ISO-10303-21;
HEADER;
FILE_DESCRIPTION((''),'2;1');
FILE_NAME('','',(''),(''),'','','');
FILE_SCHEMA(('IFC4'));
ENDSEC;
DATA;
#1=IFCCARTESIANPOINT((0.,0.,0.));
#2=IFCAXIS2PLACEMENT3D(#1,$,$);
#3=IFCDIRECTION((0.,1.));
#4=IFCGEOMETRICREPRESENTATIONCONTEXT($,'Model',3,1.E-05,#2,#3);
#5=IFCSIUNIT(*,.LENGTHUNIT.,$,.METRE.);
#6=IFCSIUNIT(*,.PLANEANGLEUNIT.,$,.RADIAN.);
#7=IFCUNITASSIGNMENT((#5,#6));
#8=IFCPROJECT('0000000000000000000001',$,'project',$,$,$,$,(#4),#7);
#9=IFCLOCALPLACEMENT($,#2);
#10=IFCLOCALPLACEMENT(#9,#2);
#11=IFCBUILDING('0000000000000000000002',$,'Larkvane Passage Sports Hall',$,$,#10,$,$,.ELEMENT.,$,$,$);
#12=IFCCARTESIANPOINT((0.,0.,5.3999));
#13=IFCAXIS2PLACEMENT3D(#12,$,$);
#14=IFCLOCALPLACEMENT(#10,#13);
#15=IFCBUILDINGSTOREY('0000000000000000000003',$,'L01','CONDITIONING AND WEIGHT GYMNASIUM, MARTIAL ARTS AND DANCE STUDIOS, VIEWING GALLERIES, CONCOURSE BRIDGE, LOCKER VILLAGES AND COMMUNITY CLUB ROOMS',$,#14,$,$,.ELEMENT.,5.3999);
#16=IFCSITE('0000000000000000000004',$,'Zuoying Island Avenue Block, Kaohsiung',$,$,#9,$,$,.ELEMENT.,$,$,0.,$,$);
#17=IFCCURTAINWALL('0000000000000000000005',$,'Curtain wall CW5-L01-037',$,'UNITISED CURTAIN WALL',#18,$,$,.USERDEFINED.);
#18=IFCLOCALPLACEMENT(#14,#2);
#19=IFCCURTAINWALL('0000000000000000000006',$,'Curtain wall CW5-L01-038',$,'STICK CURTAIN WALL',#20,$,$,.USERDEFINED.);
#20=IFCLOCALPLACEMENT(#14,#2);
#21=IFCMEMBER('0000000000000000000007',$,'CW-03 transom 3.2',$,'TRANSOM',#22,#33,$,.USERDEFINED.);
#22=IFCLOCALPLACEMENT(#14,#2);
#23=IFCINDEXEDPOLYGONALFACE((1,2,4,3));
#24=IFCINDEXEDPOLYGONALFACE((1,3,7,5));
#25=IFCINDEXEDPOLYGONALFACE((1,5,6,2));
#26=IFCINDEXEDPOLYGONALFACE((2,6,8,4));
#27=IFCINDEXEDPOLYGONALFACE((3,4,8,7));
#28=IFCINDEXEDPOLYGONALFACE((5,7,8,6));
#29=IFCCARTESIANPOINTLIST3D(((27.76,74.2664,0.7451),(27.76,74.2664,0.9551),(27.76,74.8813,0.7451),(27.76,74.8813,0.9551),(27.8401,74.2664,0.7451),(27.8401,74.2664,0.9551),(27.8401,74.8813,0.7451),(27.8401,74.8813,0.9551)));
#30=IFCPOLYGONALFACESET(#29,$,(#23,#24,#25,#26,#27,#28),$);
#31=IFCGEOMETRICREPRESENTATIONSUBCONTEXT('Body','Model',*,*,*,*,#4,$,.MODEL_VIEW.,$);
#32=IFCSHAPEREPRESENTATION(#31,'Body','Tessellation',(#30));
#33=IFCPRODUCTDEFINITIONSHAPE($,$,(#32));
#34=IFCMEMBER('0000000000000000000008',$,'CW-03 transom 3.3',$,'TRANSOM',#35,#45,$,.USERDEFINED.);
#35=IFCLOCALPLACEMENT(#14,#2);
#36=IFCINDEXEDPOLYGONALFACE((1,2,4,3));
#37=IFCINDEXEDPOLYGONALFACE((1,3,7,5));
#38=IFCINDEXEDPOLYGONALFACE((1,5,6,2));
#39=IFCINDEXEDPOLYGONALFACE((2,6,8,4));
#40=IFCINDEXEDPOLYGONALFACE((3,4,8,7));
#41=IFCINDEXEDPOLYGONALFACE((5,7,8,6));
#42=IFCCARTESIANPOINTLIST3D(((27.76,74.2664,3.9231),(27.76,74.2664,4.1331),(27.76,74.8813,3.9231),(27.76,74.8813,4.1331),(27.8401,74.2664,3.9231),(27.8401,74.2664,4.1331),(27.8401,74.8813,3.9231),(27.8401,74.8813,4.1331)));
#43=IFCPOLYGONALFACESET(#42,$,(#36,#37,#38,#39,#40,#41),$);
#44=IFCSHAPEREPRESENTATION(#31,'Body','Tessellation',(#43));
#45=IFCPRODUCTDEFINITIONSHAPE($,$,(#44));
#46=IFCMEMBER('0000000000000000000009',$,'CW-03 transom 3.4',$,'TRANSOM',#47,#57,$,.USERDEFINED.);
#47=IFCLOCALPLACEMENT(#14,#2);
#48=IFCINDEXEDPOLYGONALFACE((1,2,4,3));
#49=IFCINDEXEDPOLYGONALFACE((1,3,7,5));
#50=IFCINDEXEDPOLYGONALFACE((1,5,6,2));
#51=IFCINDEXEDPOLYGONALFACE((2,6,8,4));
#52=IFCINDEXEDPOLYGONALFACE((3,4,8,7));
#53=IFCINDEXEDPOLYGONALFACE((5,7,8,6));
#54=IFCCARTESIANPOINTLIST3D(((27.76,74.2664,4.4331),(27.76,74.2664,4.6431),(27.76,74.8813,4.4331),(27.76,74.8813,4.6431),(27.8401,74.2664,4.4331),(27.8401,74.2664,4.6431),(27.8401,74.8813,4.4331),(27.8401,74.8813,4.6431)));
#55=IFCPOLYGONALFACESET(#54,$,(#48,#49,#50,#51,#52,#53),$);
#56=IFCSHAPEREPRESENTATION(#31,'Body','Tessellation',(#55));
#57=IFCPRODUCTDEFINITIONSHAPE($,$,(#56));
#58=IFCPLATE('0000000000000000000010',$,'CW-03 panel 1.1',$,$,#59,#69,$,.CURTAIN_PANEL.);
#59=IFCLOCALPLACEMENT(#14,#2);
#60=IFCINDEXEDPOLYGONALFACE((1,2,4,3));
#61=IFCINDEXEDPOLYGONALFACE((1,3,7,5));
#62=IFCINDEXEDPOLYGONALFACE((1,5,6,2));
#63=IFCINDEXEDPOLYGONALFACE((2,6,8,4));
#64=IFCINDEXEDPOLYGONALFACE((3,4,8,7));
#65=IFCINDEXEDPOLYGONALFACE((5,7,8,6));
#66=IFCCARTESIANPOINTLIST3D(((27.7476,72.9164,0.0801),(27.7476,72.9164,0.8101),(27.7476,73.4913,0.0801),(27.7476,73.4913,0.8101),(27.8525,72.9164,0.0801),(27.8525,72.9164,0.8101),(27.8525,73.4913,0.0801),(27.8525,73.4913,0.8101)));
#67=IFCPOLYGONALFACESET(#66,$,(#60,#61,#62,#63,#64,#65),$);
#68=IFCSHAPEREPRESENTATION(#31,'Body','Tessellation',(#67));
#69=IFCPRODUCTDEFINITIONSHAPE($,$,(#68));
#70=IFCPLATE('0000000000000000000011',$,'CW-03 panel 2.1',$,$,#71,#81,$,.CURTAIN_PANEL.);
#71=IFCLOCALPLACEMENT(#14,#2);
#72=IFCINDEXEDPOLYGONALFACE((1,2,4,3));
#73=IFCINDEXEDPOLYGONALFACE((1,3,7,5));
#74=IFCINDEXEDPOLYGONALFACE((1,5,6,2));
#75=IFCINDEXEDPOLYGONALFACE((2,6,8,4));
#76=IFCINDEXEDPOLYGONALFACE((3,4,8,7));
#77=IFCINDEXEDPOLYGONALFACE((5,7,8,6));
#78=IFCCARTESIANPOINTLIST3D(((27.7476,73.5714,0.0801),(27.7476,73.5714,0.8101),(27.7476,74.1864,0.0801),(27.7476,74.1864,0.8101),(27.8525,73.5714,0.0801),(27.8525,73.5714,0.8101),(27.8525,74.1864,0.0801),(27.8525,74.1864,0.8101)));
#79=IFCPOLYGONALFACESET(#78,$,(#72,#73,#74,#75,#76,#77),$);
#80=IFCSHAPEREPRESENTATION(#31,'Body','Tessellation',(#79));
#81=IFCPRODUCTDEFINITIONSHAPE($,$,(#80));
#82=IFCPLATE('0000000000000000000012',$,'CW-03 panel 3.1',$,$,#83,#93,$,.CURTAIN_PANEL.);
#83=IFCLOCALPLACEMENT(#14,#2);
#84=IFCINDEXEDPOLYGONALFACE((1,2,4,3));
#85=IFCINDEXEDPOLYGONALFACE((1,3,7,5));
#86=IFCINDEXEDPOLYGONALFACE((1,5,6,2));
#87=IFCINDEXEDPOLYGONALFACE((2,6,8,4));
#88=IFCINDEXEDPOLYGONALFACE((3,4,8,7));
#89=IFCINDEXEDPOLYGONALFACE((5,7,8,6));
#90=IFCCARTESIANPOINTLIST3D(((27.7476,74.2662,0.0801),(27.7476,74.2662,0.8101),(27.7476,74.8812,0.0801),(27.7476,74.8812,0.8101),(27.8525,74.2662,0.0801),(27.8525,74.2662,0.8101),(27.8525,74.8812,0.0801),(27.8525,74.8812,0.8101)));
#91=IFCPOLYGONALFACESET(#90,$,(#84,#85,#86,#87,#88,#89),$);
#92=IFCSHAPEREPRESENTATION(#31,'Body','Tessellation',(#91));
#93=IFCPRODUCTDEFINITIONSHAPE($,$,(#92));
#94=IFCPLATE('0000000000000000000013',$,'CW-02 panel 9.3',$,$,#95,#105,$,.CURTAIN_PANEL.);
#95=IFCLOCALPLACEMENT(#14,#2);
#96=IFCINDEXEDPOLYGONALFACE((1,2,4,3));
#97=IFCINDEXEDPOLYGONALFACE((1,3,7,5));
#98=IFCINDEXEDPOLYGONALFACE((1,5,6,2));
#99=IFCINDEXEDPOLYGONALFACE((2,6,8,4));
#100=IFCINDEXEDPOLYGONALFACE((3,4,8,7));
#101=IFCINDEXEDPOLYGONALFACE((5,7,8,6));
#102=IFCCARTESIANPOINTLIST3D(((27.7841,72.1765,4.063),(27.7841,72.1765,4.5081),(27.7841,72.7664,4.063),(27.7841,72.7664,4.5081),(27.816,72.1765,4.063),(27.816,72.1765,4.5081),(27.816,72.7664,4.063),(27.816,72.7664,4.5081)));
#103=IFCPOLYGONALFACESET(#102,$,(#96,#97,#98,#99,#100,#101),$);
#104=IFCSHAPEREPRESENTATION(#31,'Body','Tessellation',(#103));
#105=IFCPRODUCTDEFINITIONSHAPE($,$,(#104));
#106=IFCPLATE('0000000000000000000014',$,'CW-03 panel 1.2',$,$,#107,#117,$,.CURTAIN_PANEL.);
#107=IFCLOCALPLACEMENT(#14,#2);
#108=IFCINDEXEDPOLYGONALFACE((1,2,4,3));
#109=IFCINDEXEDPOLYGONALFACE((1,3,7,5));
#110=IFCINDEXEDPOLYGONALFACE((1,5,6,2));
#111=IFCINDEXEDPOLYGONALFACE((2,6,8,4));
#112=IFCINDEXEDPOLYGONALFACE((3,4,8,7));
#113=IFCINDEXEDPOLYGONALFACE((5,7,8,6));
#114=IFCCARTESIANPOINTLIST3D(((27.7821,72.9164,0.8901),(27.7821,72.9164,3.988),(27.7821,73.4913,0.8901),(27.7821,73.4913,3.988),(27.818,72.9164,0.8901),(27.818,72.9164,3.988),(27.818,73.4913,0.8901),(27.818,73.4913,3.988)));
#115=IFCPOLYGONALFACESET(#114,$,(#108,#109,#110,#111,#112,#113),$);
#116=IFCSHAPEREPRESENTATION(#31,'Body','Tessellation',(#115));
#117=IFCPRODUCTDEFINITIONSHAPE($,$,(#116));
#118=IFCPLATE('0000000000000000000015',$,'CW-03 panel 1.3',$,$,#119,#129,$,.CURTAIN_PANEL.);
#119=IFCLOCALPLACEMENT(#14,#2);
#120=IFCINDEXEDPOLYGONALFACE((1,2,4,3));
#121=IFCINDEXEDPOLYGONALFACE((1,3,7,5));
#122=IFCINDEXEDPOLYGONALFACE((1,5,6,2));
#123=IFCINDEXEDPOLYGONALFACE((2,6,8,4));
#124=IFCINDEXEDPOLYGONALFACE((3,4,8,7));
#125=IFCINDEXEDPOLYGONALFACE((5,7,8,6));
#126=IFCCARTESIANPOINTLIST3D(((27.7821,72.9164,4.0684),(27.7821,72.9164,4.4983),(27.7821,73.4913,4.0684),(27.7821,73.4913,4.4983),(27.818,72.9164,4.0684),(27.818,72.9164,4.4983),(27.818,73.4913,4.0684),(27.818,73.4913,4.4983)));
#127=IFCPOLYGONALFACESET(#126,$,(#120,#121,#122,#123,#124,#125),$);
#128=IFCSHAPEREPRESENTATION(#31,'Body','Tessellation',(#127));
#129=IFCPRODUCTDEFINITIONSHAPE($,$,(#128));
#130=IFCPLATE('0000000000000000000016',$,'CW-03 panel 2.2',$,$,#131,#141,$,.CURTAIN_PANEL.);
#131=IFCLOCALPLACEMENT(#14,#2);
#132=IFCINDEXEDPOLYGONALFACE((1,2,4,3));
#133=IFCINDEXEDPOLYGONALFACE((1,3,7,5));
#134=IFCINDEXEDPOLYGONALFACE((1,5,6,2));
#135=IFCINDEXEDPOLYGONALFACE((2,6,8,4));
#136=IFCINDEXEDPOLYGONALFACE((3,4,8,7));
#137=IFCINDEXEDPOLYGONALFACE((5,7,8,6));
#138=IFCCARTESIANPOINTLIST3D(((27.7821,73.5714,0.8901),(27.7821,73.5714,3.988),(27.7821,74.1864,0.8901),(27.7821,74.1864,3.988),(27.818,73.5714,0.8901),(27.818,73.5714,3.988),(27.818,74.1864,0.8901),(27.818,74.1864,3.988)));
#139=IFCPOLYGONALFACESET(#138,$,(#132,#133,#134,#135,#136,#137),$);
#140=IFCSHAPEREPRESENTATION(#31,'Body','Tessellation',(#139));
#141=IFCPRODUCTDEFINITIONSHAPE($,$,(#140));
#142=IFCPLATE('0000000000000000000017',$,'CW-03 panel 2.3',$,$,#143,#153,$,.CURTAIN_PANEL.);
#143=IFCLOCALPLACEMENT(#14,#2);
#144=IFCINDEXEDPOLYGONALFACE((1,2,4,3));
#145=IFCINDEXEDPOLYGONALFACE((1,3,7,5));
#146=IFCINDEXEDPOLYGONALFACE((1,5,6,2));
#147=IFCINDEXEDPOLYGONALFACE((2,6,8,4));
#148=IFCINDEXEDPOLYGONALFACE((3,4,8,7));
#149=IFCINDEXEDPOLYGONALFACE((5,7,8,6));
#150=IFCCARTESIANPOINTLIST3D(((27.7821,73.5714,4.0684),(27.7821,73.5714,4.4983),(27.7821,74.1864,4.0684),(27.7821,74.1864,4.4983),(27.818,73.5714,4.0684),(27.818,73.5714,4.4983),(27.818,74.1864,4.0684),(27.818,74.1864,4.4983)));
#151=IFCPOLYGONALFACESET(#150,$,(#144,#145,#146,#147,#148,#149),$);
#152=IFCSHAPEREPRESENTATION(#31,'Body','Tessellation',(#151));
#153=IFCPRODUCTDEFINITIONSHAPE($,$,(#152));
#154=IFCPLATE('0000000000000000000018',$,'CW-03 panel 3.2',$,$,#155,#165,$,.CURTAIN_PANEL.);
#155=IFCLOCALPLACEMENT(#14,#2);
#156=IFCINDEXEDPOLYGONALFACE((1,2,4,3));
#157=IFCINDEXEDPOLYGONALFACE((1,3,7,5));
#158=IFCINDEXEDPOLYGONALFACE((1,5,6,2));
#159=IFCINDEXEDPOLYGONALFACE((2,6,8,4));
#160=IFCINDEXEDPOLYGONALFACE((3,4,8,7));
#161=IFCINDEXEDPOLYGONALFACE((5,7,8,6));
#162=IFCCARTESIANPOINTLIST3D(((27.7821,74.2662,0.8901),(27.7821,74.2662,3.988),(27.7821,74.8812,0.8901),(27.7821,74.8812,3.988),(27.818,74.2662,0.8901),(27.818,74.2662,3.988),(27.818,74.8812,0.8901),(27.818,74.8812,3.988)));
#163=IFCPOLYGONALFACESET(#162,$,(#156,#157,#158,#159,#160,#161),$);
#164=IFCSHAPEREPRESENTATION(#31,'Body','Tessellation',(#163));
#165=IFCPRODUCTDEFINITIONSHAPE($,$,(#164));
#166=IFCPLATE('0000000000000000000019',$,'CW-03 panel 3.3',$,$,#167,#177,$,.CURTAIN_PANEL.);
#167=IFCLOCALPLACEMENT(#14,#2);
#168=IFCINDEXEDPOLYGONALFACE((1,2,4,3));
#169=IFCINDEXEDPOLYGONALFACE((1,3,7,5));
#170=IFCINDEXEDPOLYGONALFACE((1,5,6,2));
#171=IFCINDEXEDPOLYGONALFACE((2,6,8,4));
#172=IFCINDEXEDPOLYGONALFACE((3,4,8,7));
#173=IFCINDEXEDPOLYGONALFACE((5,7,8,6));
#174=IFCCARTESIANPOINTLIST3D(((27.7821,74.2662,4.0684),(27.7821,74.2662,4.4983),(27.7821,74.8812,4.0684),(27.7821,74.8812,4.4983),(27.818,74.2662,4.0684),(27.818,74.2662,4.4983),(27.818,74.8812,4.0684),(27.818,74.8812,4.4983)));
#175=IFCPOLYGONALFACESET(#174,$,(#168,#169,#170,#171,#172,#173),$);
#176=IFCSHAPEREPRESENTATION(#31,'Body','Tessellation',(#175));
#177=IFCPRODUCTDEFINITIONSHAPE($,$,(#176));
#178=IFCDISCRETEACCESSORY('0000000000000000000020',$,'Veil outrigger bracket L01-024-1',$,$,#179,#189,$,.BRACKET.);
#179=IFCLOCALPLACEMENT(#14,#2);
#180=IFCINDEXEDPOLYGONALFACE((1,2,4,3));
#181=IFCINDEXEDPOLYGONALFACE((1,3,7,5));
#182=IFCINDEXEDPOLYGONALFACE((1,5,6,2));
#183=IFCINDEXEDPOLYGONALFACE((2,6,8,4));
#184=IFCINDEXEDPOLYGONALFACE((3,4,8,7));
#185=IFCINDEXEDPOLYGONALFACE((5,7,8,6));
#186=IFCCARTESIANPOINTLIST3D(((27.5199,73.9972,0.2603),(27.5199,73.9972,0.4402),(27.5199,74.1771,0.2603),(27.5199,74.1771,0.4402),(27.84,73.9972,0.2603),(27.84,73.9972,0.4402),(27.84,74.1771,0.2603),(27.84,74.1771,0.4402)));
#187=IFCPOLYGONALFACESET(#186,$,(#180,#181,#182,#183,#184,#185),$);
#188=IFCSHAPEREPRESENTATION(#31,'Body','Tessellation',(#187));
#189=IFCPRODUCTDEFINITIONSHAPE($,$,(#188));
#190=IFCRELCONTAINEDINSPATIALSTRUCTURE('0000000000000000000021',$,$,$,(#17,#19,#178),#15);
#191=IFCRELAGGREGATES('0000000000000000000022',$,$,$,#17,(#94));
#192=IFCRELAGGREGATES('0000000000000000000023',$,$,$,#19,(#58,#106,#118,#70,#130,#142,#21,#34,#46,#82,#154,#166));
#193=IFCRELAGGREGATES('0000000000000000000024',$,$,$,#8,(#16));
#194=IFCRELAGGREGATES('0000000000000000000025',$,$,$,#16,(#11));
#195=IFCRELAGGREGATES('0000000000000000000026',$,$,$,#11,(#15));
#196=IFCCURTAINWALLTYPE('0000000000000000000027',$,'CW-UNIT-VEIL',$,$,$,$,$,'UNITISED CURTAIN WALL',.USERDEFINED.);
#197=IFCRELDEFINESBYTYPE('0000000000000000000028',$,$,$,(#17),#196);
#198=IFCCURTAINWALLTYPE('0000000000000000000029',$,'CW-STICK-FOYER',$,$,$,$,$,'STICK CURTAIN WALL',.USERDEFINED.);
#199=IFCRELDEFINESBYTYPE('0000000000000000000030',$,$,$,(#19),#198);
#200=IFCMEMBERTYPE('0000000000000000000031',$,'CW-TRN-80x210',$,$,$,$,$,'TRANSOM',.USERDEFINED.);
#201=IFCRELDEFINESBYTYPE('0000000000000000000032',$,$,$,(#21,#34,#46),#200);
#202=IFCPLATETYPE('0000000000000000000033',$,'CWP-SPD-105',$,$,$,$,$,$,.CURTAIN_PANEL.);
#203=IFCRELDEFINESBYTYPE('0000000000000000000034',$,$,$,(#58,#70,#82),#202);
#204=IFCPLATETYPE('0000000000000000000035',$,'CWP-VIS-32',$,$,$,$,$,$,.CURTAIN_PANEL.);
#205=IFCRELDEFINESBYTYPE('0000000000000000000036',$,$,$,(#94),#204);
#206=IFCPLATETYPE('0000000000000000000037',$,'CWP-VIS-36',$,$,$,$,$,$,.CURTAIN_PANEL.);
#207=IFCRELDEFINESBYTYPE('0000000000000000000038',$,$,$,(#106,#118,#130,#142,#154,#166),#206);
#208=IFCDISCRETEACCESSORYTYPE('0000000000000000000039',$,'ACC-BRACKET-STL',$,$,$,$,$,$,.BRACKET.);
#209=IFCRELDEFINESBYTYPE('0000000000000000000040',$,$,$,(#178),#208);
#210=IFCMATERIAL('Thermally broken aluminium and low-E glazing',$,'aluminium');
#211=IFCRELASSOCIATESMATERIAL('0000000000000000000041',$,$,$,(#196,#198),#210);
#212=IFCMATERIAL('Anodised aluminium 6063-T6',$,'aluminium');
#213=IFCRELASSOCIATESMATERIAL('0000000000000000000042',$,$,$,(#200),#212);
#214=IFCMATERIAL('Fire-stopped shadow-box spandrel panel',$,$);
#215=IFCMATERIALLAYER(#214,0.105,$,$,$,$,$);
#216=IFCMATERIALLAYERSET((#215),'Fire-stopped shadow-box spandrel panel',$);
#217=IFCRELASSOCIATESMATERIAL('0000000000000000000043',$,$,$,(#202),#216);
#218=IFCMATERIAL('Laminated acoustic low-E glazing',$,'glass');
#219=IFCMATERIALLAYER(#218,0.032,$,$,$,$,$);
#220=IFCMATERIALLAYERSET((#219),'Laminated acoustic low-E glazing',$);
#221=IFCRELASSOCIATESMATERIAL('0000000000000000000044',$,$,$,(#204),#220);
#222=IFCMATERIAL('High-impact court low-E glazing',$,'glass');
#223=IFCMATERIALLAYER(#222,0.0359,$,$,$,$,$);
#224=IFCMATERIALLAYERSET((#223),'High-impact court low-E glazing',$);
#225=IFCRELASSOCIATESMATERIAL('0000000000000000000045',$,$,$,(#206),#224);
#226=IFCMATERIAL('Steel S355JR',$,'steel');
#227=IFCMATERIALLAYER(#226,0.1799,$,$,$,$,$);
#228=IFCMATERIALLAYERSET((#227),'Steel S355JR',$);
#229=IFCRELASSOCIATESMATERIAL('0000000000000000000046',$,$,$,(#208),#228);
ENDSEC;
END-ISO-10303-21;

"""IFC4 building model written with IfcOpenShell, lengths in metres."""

from ifc_helpers import new_model, si_unit, direction, frame, origin, origin_2d, place, context, subcontext, project, spatial, rectangle, extrude, material, layer, layer_set, material_profile, profile_set, type_object, element, aggregate, save


model = new_model("IFC4")

# Units and contexts
model_context = context("Model", 3, precision=1e-05, world=origin(), true_north=direction((0.0, 1.0)))
body_context = subcontext(model_context, "Body", "Model", "MODEL_VIEW")
ifc_project = project(units=[si_unit("LENGTHUNIT", "METRE"), si_unit("PLANEANGLEUNIT", "RADIAN")], contexts=[model_context])

# Site, building, storey
site_placement = place(None, origin())
site = spatial("IfcSite", under=ifc_project, at=site_placement, Name="Zuoying Island Avenue Block, Kaohsiung", CompositionType="ELEMENT", RefElevation=0.0)
building_placement = place(site_placement, origin())
building = spatial("IfcBuilding", under=site, at=building_placement, Name="Larkvane Passage Sports Hall", CompositionType="ELEMENT")
storey_placement = place(building_placement, frame((0.0, 0.0, 5.3999)))
storey = spatial("IfcBuildingStorey", under=building, at=storey_placement, Name="L01", Description="CONDITIONING AND WEIGHT GYMNASIUM, MARTIAL ARTS AND DANCE STUDIOS, VIEWING GALLERIES, CONCOURSE BRIDGE, LOCKER VILLAGES AND COMMUNITY CLUB ROOMS", CompositionType="ELEMENT", Elevation=5.3999)

# Curtain wall
ifc_material_1 = material(Name="Thermally broken aluminium and low-E glazing", Category="aluminium")
curtain_wall_type_1 = type_object("IfcCurtainWallType", Name="CW-UNIT-VEIL", ElementType="UNITISED CURTAIN WALL", PredefinedType="USERDEFINED", material=ifc_material_1)
curtain_wall_1_placement = place(storey_placement, origin())
curtain_wall_1 = element("IfcCurtainWall", 1, at=curtain_wall_1_placement, inside=storey, type_object=curtain_wall_type_1, Name="Curtain wall CW5-L01-037", ObjectType="UNITISED CURTAIN WALL", PredefinedType="USERDEFINED")
ifc_material_2 = material(Name="Anodised aluminium 6063-T6", Category="aluminium")

# Curtain wall, members, plates
curtain_wall_type_2 = type_object("IfcCurtainWallType", Name="CW-STICK-FOYER", ElementType="STICK CURTAIN WALL", PredefinedType="USERDEFINED", material=ifc_material_1)
curtain_wall_2_placement = place(storey_placement, origin())
curtain_wall_2 = element("IfcCurtainWall", 2, at=curtain_wall_2_placement, inside=storey, type_object=curtain_wall_type_2, Name="Curtain wall CW5-L01-038", ObjectType="STICK CURTAIN WALL", PredefinedType="USERDEFINED")
ifc_material_profile_1 = material_profile(ifc_material_2, rectangle(XDim=0.0801, YDim=0.21, at=origin_2d()), Name="ALU-TRN-80x210")
ifc_profile_set_1 = profile_set([ifc_material_profile_1], Name="Anodised aluminium 6063-T6")
member_type_1 = type_object("IfcMemberType", Name="CW-TRN-80x210", ElementType="TRANSOM", PredefinedType="USERDEFINED", material=ifc_profile_set_1)
member_1_placement = place(storey_placement, frame((27.8, 74.2664, 0.8501), z_axis=(0.0, 1.0, 0.0), x_axis=(-1.0, 0.0, 0.0)))
member_1 = element("IfcMember", 3, at=member_1_placement, type_object=member_type_1, Name="CW-03 transom 3.2", ObjectType="TRANSOM", PredefinedType="USERDEFINED", context=body_context, shape_type="SweptSolid", body=[
    extrude(rectangle(XDim=0.0801, YDim=0.21, at=origin_2d()), origin(), (0.0, 0.0, 1.0), 0.615),
])
member_2_placement = place(storey_placement, frame((27.8, 74.2664, 4.0281), z_axis=(0.0, 1.0, 0.0), x_axis=(-1.0, 0.0, 0.0)))
member_2 = element("IfcMember", 4, at=member_2_placement, type_object=member_type_1, Name="CW-03 transom 3.3", ObjectType="TRANSOM", PredefinedType="USERDEFINED", context=body_context, shape_type="SweptSolid", body=[
    extrude(rectangle(XDim=0.0801, YDim=0.21, at=origin_2d()), origin(), (0.0, 0.0, 1.0), 0.615),
])
member_3_placement = place(storey_placement, frame((27.8, 74.2664, 4.5381), z_axis=(0.0, 1.0, 0.0), x_axis=(-1.0, 0.0, 0.0)))
member_3 = element("IfcMember", 5, at=member_3_placement, type_object=member_type_1, Name="CW-03 transom 3.4", ObjectType="TRANSOM", PredefinedType="USERDEFINED", context=body_context, shape_type="SweptSolid", body=[
    extrude(rectangle(XDim=0.0801, YDim=0.21, at=origin_2d()), origin(), (0.0, 0.0, 1.0), 0.615),
])
ifc_material_3 = material(Name="Fire-stopped shadow-box spandrel panel")
ifc_layer_1 = layer(ifc_material_3, 0.105)
ifc_layer_set_1 = layer_set([ifc_layer_1], Name="Fire-stopped shadow-box spandrel panel")
plate_type_1 = type_object("IfcPlateType", Name="CWP-SPD-105", PredefinedType="CURTAIN_PANEL", material=ifc_layer_set_1)
plate_1_placement = place(storey_placement, frame((27.8, 73.2039, 0.0801), z_axis=(0.0, 0.0, 1.0), x_axis=(0.0, 1.0, 0.0)))
plate_1 = element("IfcPlate", 6, at=plate_1_placement, type_object=plate_type_1, Name="CW-03 panel 1.1", PredefinedType="CURTAIN_PANEL", context=body_context, shape_type="SweptSolid", body=[
    extrude(rectangle(XDim=0.575, YDim=0.105, at=origin_2d()), origin(), (0.0, 0.0, 1.0), 0.73),
])
plate_2_placement = place(storey_placement, frame((27.8, 73.8789, 0.0801), z_axis=(0.0, 0.0, 1.0), x_axis=(0.0, 1.0, 0.0)))
plate_2 = element("IfcPlate", 7, at=plate_2_placement, type_object=plate_type_1, Name="CW-03 panel 2.1", PredefinedType="CURTAIN_PANEL", context=body_context, shape_type="SweptSolid", body=[
    extrude(rectangle(XDim=0.615, YDim=0.105, at=origin_2d()), origin(), (0.0, 0.0, 1.0), 0.73),
])
plate_3_placement = place(storey_placement, frame((27.8, 74.5737, 0.0801), z_axis=(0.0, 0.0, 1.0), x_axis=(0.0, 1.0, 0.0)))
plate_3 = element("IfcPlate", 8, at=plate_3_placement, type_object=plate_type_1, Name="CW-03 panel 3.1", PredefinedType="CURTAIN_PANEL", context=body_context, shape_type="SweptSolid", body=[
    extrude(rectangle(XDim=0.615, YDim=0.105, at=origin_2d()), origin(), (0.0, 0.0, 1.0), 0.73),
])

# Plates
ifc_material_4 = material(Name="Laminated acoustic low-E glazing", Category="glass")
ifc_layer_2 = layer(ifc_material_4, 0.032)
ifc_layer_set_2 = layer_set([ifc_layer_2], Name="Laminated acoustic low-E glazing")
plate_type_2 = type_object("IfcPlateType", Name="CWP-VIS-32", PredefinedType="CURTAIN_PANEL", material=ifc_layer_set_2)
plate_4_placement = place(storey_placement, frame((27.8, 72.4714, 4.063), z_axis=(0.0, 0.0, 1.0), x_axis=(0.0, 1.0, 0.0)))
plate_4 = element("IfcPlate", 9, at=plate_4_placement, type_object=plate_type_2, Name="CW-02 panel 9.3", PredefinedType="CURTAIN_PANEL", context=body_context, shape_type="SweptSolid", body=[
    extrude(rectangle(XDim=0.5898, YDim=0.032, at=origin_2d()), origin(), (0.0, 0.0, 1.0), 0.4451),
])
aggregate(curtain_wall_1, [plate_4])
ifc_material_5 = material(Name="High-impact court low-E glazing", Category="glass")
ifc_layer_3 = layer(ifc_material_5, 0.0359)
ifc_layer_set_3 = layer_set([ifc_layer_3], Name="High-impact court low-E glazing")
plate_type_3 = type_object("IfcPlateType", Name="CWP-VIS-36", PredefinedType="CURTAIN_PANEL", material=ifc_layer_set_3)
plate_5_placement = place(storey_placement, frame((27.8, 73.2039, 0.8901), z_axis=(0.0, 0.0, 1.0), x_axis=(0.0, 1.0, 0.0)))
plate_5 = element("IfcPlate", 10, at=plate_5_placement, type_object=plate_type_3, Name="CW-03 panel 1.2", PredefinedType="CURTAIN_PANEL", context=body_context, shape_type="SweptSolid", body=[
    extrude(rectangle(XDim=0.575, YDim=0.0359, at=origin_2d()), origin(), (0.0, 0.0, 1.0), 3.0979),
])
plate_6_placement = place(storey_placement, frame((27.8, 73.2039, 4.0684), z_axis=(0.0, 0.0, 1.0), x_axis=(0.0, 1.0, 0.0)))
plate_6 = element("IfcPlate", 11, at=plate_6_placement, type_object=plate_type_3, Name="CW-03 panel 1.3", PredefinedType="CURTAIN_PANEL", context=body_context, shape_type="SweptSolid", body=[
    extrude(rectangle(XDim=0.575, YDim=0.0359, at=origin_2d()), origin(), (0.0, 0.0, 1.0), 0.4299),
])
plate_7_placement = place(storey_placement, frame((27.8, 73.8789, 0.8901), z_axis=(0.0, 0.0, 1.0), x_axis=(0.0, 1.0, 0.0)))
plate_7 = element("IfcPlate", 12, at=plate_7_placement, type_object=plate_type_3, Name="CW-03 panel 2.2", PredefinedType="CURTAIN_PANEL", context=body_context, shape_type="SweptSolid", body=[
    extrude(rectangle(XDim=0.615, YDim=0.0359, at=origin_2d()), origin(), (0.0, 0.0, 1.0), 3.0979),
])
plate_8_placement = place(storey_placement, frame((27.8, 73.8789, 4.0684), z_axis=(0.0, 0.0, 1.0), x_axis=(0.0, 1.0, 0.0)))
plate_8 = element("IfcPlate", 13, at=plate_8_placement, type_object=plate_type_3, Name="CW-03 panel 2.3", PredefinedType="CURTAIN_PANEL", context=body_context, shape_type="SweptSolid", body=[
    extrude(rectangle(XDim=0.615, YDim=0.0359, at=origin_2d()), origin(), (0.0, 0.0, 1.0), 0.4299),
])
plate_9_placement = place(storey_placement, frame((27.8, 74.5737, 0.8901), z_axis=(0.0, 0.0, 1.0), x_axis=(0.0, 1.0, 0.0)))
plate_9 = element("IfcPlate", 14, at=plate_9_placement, type_object=plate_type_3, Name="CW-03 panel 3.2", PredefinedType="CURTAIN_PANEL", context=body_context, shape_type="SweptSolid", body=[
    extrude(rectangle(XDim=0.615, YDim=0.0359, at=origin_2d()), origin(), (0.0, 0.0, 1.0), 3.0979),
])
plate_10_placement = place(storey_placement, frame((27.8, 74.5737, 4.0684), z_axis=(0.0, 0.0, 1.0), x_axis=(0.0, 1.0, 0.0)))
plate_10 = element("IfcPlate", 15, at=plate_10_placement, type_object=plate_type_3, Name="CW-03 panel 3.3", PredefinedType="CURTAIN_PANEL", context=body_context, shape_type="SweptSolid", body=[
    extrude(rectangle(XDim=0.615, YDim=0.0359, at=origin_2d()), origin(), (0.0, 0.0, 1.0), 0.4299),
])
aggregate(curtain_wall_2, [plate_1, plate_5, plate_6, plate_2, plate_7, plate_8, member_1, member_2, member_3, plate_3, plate_9, plate_10])

# Discrete accessory
ifc_material_6 = material(Name="Steel S355JR", Category="steel")
ifc_layer_4 = layer(ifc_material_6, 0.1799)
ifc_layer_set_4 = layer_set([ifc_layer_4], Name="Steel S355JR")
discrete_accessory_type = type_object("IfcDiscreteAccessoryType", Name="ACC-BRACKET-STL", PredefinedType="BRACKET", material=ifc_layer_set_4)
discrete_accessory_placement = place(storey_placement, frame((27.6799, 74.0872, 0.2603), z_axis=(0.0, 0.0, 1.0), x_axis=(0.0, 1.0, 0.0)))
element("IfcDiscreteAccessory", 16, at=discrete_accessory_placement, inside=storey, type_object=discrete_accessory_type, Name="Veil outrigger bracket L01-024-1", PredefinedType="BRACKET", context=body_context, shape_type="SweptSolid", body=[
    extrude(rectangle(XDim=0.1799, YDim=0.3201, at=origin_2d()), origin(), (0.0, 0.0, 1.0), 0.1799),
])

save(model, "model.ifc")
